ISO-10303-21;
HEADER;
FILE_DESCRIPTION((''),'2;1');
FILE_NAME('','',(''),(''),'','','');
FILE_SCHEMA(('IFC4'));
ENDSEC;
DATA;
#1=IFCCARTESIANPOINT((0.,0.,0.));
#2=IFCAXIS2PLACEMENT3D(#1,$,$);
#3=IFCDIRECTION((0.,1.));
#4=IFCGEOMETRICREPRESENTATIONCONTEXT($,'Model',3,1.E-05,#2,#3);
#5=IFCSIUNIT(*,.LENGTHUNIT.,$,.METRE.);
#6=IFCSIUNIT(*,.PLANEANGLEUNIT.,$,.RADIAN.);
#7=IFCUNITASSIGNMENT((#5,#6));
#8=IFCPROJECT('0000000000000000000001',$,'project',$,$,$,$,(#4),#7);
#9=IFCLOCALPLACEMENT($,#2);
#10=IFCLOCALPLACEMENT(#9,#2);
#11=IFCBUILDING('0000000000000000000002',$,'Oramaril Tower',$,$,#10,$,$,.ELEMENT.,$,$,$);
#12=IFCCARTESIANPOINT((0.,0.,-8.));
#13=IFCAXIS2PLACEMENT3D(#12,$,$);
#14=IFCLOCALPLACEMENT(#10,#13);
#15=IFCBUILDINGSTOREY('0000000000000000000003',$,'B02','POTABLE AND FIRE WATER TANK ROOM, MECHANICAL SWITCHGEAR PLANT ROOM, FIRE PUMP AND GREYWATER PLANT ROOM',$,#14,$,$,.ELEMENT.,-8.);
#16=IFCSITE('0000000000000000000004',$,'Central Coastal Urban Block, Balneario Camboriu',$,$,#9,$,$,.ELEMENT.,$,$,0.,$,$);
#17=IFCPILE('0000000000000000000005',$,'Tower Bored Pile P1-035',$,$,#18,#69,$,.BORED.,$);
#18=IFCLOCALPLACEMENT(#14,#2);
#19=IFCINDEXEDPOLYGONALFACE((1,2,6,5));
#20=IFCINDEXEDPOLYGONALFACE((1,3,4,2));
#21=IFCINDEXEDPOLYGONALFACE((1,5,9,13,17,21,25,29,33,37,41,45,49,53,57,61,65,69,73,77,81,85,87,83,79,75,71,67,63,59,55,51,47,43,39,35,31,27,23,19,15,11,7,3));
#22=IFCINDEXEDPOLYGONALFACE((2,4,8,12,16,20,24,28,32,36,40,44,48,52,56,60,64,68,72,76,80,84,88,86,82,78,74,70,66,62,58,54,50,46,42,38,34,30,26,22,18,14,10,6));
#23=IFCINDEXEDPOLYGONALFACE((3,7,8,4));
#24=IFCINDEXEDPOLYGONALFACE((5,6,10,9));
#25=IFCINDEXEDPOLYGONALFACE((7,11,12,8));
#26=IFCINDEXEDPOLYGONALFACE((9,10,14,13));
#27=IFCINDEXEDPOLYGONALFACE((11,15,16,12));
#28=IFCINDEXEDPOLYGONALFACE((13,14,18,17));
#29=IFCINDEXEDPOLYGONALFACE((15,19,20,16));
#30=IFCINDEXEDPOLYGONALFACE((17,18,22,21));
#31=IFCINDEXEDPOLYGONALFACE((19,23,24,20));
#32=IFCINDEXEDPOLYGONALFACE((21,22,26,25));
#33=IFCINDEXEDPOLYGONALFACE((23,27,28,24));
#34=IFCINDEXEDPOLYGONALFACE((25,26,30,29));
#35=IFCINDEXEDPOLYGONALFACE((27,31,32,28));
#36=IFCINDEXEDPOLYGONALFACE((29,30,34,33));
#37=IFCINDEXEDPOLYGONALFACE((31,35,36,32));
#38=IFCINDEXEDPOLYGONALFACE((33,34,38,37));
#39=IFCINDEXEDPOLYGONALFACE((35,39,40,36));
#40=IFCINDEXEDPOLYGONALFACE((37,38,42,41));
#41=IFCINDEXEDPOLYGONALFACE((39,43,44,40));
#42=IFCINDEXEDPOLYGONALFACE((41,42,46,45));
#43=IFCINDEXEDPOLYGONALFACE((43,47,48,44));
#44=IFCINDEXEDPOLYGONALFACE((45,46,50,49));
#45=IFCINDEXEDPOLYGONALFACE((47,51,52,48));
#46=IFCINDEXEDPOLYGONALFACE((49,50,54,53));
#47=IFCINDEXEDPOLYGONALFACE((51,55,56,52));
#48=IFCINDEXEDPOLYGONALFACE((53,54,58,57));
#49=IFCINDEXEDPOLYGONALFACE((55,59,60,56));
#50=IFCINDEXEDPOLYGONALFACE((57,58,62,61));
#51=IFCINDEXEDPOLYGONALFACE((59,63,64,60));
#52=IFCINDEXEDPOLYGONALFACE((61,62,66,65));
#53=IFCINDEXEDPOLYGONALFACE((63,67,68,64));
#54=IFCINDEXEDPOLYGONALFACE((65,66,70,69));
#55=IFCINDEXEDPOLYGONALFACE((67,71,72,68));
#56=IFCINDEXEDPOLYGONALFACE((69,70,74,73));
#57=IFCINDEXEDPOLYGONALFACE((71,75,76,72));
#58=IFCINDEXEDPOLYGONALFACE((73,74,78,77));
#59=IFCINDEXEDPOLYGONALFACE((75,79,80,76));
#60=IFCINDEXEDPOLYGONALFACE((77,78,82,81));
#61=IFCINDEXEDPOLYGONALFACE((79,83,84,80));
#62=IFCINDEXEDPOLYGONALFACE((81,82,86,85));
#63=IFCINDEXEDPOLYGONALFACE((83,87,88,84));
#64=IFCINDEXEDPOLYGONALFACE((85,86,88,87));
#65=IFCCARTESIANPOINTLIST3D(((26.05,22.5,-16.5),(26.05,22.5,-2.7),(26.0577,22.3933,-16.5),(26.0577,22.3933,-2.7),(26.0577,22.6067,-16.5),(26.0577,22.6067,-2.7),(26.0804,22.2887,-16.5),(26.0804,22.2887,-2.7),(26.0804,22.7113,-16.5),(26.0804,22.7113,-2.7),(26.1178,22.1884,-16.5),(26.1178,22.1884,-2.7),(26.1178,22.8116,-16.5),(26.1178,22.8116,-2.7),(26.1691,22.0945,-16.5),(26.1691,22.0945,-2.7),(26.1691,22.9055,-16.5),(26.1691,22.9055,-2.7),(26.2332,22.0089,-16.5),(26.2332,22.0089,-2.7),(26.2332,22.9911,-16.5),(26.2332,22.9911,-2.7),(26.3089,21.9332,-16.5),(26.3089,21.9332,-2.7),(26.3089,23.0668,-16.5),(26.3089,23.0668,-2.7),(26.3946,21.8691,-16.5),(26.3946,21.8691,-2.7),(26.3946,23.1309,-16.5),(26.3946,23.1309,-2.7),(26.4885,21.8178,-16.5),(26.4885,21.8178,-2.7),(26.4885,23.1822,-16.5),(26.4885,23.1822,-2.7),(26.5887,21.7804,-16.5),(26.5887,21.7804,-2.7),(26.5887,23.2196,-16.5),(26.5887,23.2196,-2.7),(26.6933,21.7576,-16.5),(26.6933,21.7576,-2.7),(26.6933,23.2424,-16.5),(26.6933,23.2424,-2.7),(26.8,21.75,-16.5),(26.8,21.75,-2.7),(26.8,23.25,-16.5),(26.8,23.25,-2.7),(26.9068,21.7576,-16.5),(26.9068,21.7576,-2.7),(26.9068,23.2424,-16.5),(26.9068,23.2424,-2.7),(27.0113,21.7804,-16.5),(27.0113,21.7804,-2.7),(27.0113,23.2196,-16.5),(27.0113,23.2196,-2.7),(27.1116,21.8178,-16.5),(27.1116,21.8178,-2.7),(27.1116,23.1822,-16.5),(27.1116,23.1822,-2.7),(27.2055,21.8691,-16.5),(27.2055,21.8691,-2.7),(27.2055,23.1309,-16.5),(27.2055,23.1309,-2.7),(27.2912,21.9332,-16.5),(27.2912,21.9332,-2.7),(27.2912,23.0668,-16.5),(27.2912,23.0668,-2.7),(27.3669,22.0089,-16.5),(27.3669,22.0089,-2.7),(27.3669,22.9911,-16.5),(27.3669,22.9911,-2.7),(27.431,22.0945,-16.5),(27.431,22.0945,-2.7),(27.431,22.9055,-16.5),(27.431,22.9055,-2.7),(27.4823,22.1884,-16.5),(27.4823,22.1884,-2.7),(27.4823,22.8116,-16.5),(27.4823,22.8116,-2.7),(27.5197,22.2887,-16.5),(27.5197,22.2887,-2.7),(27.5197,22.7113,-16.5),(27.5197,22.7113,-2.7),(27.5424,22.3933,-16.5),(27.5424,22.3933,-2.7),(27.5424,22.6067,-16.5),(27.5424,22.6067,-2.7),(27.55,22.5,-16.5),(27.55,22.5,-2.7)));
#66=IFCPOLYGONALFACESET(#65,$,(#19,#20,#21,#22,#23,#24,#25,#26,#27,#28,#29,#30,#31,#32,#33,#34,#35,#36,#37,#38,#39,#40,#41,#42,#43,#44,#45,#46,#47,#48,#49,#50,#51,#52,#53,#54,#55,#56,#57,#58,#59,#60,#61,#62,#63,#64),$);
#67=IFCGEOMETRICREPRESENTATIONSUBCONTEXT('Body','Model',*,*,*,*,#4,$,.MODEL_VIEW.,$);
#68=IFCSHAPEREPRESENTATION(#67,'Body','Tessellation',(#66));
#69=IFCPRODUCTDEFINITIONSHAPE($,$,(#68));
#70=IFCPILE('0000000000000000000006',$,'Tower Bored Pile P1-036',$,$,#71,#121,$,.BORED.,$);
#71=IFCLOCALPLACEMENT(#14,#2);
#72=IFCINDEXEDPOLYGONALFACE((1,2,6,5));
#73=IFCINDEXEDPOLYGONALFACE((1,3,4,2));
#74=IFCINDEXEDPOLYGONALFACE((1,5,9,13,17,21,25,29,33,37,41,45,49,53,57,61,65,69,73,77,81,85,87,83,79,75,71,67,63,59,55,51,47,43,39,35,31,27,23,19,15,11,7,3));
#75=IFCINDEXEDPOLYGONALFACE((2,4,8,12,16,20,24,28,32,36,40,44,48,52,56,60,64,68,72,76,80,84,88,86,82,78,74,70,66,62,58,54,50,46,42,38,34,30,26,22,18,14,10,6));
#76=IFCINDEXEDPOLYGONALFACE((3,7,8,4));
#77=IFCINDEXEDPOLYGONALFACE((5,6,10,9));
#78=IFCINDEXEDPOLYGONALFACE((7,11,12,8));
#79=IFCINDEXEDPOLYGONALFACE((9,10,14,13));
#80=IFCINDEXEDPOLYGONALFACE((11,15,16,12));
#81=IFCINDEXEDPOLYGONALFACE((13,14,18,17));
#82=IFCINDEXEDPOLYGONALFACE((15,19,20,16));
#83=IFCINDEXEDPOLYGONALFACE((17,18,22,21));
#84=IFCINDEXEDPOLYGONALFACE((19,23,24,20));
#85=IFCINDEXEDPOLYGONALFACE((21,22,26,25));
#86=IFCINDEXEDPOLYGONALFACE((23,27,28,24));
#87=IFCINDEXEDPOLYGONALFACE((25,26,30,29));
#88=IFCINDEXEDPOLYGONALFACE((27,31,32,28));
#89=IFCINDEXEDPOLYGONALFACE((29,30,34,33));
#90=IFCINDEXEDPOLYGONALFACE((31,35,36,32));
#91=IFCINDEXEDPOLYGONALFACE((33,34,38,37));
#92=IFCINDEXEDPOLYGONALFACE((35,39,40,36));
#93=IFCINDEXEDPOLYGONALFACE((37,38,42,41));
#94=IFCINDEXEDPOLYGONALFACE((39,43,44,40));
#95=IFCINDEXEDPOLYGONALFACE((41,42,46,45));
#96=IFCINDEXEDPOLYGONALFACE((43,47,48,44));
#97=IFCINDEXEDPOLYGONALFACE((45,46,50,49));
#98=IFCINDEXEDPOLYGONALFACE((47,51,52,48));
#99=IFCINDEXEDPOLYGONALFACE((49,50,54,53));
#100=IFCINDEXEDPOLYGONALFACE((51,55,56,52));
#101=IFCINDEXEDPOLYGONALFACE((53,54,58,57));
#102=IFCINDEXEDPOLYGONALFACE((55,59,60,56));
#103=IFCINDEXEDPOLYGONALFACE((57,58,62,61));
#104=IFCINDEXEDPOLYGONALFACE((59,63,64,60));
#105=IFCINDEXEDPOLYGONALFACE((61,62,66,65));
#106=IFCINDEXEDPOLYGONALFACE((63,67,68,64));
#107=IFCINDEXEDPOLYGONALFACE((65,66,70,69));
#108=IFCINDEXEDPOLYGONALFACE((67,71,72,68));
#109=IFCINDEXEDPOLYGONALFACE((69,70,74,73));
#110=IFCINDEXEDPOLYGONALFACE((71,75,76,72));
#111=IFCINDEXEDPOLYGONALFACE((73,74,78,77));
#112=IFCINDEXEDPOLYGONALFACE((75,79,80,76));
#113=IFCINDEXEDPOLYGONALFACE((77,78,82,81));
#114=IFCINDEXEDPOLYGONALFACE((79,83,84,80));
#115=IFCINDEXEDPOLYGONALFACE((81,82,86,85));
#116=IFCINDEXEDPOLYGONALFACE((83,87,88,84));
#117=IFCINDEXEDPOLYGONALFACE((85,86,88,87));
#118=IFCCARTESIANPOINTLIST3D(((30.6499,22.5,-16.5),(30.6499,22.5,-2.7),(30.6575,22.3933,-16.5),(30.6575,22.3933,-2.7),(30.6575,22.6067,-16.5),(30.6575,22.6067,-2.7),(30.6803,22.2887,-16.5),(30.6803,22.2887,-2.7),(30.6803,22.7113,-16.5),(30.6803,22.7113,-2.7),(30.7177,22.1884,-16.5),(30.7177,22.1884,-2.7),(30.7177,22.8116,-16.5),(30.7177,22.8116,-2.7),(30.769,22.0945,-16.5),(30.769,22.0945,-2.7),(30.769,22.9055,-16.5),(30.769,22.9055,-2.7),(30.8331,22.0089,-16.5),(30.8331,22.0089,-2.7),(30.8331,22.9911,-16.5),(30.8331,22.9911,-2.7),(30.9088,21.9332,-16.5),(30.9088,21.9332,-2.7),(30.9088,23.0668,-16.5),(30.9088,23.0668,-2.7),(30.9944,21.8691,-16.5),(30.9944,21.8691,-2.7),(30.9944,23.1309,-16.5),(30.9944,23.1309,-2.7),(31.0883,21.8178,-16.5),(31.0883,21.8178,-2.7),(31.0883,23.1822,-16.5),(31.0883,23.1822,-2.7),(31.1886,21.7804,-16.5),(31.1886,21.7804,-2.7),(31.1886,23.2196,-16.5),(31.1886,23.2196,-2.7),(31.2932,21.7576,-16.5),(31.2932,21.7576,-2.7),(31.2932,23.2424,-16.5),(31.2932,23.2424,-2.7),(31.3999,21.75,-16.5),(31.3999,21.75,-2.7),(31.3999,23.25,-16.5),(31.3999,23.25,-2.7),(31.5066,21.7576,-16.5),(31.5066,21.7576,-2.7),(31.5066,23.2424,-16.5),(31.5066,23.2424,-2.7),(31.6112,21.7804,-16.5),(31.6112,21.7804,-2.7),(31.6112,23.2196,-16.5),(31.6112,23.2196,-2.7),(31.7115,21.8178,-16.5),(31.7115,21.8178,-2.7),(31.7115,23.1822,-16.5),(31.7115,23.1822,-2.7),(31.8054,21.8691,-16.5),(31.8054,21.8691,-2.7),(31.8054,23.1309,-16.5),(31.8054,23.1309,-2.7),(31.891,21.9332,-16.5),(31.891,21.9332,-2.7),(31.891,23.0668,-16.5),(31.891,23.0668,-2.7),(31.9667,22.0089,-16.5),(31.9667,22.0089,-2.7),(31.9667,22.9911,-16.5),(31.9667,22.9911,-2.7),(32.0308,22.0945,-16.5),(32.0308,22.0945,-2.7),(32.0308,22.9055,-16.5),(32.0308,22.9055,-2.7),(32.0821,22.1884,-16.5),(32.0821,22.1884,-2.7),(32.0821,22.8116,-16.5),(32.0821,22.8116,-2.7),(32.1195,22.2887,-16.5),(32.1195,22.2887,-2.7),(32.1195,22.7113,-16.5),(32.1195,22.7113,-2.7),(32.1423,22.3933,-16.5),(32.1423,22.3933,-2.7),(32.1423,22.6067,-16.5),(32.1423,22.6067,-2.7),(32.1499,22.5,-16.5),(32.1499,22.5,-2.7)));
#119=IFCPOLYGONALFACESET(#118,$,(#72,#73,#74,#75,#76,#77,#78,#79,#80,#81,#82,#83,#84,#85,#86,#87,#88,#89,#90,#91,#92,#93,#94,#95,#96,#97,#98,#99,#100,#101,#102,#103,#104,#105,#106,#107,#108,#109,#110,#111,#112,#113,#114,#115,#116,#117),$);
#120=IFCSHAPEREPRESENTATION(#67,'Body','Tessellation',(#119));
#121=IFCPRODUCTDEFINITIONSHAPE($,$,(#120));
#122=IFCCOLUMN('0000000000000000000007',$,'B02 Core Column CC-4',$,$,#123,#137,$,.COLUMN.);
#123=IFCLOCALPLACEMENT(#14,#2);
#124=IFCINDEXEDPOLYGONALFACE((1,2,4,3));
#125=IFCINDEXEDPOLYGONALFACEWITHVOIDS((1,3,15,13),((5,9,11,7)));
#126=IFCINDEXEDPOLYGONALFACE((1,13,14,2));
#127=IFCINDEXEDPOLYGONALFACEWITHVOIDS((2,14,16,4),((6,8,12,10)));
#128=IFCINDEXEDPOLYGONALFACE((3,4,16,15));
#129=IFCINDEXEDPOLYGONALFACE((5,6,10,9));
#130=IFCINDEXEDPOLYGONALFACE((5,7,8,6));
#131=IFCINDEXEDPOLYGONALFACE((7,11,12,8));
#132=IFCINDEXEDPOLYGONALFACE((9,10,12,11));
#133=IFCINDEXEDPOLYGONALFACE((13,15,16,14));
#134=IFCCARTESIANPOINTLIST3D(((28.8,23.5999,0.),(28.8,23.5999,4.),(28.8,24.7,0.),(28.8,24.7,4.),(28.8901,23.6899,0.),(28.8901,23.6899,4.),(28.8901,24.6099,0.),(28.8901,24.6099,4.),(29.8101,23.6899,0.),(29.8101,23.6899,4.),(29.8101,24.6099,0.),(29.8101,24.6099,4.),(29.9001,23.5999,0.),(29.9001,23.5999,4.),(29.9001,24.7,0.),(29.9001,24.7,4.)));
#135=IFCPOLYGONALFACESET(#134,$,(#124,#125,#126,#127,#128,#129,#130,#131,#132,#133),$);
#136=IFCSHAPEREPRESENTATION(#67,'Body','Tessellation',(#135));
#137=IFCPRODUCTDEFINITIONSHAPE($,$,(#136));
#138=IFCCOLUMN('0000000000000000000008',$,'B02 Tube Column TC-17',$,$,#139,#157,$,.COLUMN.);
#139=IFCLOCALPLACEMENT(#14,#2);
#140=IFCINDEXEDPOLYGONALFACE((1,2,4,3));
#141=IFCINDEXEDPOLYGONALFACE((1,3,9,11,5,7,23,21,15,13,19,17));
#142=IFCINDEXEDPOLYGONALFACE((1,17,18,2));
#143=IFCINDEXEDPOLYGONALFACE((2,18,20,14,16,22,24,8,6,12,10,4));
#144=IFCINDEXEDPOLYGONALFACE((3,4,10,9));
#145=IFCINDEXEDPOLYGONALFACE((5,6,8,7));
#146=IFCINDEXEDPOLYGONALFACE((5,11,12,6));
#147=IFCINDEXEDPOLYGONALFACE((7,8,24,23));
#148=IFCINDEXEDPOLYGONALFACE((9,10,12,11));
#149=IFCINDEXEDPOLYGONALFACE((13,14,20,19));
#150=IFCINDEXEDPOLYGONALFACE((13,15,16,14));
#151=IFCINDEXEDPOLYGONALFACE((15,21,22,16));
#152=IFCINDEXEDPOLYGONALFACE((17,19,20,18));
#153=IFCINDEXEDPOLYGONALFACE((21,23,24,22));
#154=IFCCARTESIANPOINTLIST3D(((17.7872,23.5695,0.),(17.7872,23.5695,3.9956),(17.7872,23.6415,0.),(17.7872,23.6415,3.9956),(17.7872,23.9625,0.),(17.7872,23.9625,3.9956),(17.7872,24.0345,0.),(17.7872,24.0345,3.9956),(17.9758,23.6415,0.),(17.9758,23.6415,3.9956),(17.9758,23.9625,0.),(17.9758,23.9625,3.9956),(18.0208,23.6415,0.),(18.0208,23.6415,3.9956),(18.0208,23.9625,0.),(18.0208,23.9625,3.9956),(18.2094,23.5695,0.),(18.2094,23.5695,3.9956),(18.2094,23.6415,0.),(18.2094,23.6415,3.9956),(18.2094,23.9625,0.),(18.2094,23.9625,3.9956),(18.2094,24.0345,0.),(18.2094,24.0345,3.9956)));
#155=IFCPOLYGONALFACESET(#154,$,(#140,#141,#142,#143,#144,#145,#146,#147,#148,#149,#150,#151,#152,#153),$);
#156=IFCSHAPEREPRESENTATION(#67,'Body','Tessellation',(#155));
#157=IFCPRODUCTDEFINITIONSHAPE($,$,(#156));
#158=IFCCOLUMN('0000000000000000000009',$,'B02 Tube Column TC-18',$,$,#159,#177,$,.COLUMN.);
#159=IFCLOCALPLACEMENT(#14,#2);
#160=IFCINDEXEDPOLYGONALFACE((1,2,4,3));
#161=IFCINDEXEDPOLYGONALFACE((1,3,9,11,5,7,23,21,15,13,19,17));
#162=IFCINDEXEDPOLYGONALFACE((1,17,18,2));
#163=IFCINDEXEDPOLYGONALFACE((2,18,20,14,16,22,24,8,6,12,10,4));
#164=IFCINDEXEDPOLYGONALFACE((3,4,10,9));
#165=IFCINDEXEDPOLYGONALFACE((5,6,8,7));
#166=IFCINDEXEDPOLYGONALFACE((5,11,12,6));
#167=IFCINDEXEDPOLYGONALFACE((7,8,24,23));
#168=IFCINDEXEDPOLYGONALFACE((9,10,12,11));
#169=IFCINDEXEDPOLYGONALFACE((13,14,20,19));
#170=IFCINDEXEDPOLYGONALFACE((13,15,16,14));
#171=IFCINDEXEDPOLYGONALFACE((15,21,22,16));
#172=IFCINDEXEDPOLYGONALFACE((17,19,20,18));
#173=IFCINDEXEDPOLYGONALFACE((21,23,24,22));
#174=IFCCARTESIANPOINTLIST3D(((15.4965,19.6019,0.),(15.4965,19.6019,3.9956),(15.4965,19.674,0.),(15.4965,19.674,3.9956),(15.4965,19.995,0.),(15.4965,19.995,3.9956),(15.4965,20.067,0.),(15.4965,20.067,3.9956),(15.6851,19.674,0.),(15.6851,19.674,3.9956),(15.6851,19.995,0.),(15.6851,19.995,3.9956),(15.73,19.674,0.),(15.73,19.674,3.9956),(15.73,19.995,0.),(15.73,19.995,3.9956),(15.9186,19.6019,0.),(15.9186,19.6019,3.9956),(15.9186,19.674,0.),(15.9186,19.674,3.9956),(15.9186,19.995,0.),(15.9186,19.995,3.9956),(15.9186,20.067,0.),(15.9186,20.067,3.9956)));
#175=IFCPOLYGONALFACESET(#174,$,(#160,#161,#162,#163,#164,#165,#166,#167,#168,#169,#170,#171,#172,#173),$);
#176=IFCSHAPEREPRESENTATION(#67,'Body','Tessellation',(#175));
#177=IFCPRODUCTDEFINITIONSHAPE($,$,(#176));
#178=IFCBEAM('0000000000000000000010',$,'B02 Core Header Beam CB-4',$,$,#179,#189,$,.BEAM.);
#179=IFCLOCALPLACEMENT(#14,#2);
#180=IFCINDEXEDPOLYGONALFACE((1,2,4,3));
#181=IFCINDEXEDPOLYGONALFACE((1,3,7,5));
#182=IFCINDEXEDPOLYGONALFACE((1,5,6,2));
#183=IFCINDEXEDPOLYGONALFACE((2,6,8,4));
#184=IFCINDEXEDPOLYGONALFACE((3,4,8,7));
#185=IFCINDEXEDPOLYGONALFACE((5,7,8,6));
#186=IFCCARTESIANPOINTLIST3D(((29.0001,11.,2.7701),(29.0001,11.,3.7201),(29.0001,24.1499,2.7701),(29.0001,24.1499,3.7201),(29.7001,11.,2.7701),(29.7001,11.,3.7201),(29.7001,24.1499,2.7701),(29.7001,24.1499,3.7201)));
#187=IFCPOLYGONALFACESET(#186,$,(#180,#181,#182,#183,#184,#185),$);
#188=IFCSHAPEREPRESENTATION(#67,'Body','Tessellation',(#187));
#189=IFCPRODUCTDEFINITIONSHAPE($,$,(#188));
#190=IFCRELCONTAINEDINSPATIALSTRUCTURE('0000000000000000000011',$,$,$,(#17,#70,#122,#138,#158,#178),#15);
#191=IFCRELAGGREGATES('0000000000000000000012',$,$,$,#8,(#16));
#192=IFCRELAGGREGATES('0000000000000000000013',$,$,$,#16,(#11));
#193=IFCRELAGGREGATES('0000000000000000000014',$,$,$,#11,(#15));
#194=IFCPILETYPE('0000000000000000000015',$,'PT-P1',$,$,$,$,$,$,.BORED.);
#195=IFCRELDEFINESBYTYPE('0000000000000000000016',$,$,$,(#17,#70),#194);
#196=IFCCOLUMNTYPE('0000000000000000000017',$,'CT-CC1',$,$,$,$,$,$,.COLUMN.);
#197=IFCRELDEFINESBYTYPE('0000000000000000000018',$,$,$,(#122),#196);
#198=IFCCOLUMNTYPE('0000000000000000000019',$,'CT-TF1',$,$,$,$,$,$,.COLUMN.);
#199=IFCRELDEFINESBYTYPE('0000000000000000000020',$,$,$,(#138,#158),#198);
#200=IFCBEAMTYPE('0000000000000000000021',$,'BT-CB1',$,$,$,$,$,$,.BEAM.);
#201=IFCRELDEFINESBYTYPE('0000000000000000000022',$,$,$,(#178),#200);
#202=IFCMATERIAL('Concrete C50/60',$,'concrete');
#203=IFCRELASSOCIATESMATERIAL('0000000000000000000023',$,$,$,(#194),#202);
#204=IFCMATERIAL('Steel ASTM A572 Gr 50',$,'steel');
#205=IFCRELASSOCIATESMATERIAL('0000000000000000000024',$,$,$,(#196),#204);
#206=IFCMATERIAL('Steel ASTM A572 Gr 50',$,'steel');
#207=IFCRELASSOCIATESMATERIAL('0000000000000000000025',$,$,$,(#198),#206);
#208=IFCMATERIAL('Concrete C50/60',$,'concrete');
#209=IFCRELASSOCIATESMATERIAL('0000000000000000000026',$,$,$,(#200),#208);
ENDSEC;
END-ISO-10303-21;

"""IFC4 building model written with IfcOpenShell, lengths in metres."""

from ifc_helpers import new_model, si_unit, direction, frame, origin, origin_2d, place, context, subcontext, project, spatial, rectangle, hollow_rectangle, circle, i_section, extrude, material, material_profile, profile_set, type_object, element, save


model = new_model("IFC4")

# Units and contexts
model_context = context("Model", 3, precision=1e-05, world=origin(), true_north=direction((0.0, 1.0)))
body_context = subcontext(model_context, "Body", "Model", "MODEL_VIEW")
ifc_project = project(units=[si_unit("LENGTHUNIT", "METRE"), si_unit("PLANEANGLEUNIT", "RADIAN")], contexts=[model_context])

# Site, building, storey
site_placement = place(None, origin())
site = spatial("IfcSite", under=ifc_project, at=site_placement, Name="Central Coastal Urban Block, Balneario Camboriu", CompositionType="ELEMENT", RefElevation=0.0)
building_placement = place(site_placement, origin())
building = spatial("IfcBuilding", under=site, at=building_placement, Name="Oramaril Tower", CompositionType="ELEMENT")
storey_placement = place(building_placement, frame((0.0, 0.0, -8.0)))
storey = spatial("IfcBuildingStorey", under=building, at=storey_placement, Name="B02", Description="POTABLE AND FIRE WATER TANK ROOM, MECHANICAL SWITCHGEAR PLANT ROOM, FIRE PUMP AND GREYWATER PLANT ROOM", CompositionType="ELEMENT", Elevation=-8.0)

# Piles
ifc_material_1 = material(Name="Concrete C50/60", Category="concrete")
ifc_material_profile_1 = material_profile(ifc_material_1, circle(Radius=0.75, at=origin_2d()), Name="D1500")
ifc_profile_set_1 = profile_set([ifc_material_profile_1], Name="Concrete C50/60")
pile_type = type_object("IfcPileType", Name="PT-P1", PredefinedType="BORED", material=ifc_profile_set_1)
for number, where, z_axis, x_axis, name in (
    (1, (26.8, 22.5, -2.7), (0.0, 0.0, -1.0), (1.0, 0.0, 0.0), "Tower Bored Pile P1-035"),
    (2, (31.3999, 22.5, -2.7), (0.0, 0.0, -1.0), (1.0, 0.0, 0.0), "Tower Bored Pile P1-036"),
):
    element("IfcPile", number, at=place(storey_placement, frame(where, z_axis=z_axis, x_axis=x_axis)), inside=storey, type_object=pile_type, Name=name, PredefinedType="BORED", context=body_context, shape_type="SweptSolid", body=[
        extrude(circle(Radius=0.75, at=origin_2d()), origin(), (0.0, 0.0, 1.0), 13.8),
    ])

# Columns
ifc_material_2 = material(Name="Steel ASTM A572 Gr 50", Category="steel")
ifc_material_profile_2 = material_profile(ifc_material_2, hollow_rectangle(XDim=1.1001, YDim=1.1001, WallThickness=0.0901, at=origin_2d()), Name="BOX1100X1100X90")
ifc_profile_set_2 = profile_set([ifc_material_profile_2], Name="Steel ASTM A572 Gr 50")
column_type_1 = type_object("IfcColumnType", Name="CT-CC1", PredefinedType="COLUMN", material=ifc_profile_set_2)
column_placement = place(storey_placement, frame((29.3501, 24.1499, 0.0), z_axis=(0.0, 0.0, 1.0), x_axis=(1.0, 0.0, 0.0)))
element("IfcColumn", 3, at=column_placement, inside=storey, type_object=column_type_1, Name="B02 Core Column CC-4", PredefinedType="COLUMN", context=body_context, shape_type="SweptSolid", body=[
    extrude(hollow_rectangle(XDim=1.1001, YDim=1.1001, WallThickness=0.0901, at=origin_2d()), origin(), (0.0, 0.0, 1.0), 4.0),
])
ifc_material_3 = material(Name="Steel ASTM A572 Gr 50", Category="steel")
ifc_material_profile_3 = material_profile(ifc_material_3, i_section(OverallWidth=0.4221, OverallDepth=0.4651, WebThickness=0.0449, FlangeThickness=0.072, at=origin_2d()), Name="W14X398")
ifc_profile_set_3 = profile_set([ifc_material_profile_3], Name="Steel ASTM A572 Gr 50")
column_type_2 = type_object("IfcColumnType", Name="CT-TF1", PredefinedType="COLUMN", material=ifc_profile_set_3)
for number, where, z_axis, x_axis, name in (
    (4, (17.9983, 23.802, 0.0), (0.0, 0.0, 1.0), (1.0, 0.0, 0.0), "B02 Tube Column TC-17"),
    (5, (15.7075, 19.8345, 0.0), (0.0, 0.0, 1.0), (1.0, 0.0, 0.0), "B02 Tube Column TC-18"),
):
    element("IfcColumn", number, at=place(storey_placement, frame(where, z_axis=z_axis, x_axis=x_axis)), inside=storey, type_object=column_type_2, Name=name, PredefinedType="COLUMN", context=body_context, shape_type="SweptSolid", body=[
        extrude(i_section(OverallWidth=0.4221, OverallDepth=0.4651, WebThickness=0.0449, FlangeThickness=0.072, at=origin_2d()), origin(), (0.0, 0.0, 1.0), 3.9956),
    ])

# Beam
ifc_material_4 = material(Name="Concrete C50/60", Category="concrete")
ifc_material_profile_4 = material_profile(ifc_material_4, rectangle(XDim=0.7, YDim=0.95, at=origin_2d()), Name="CB700X950")
ifc_profile_set_4 = profile_set([ifc_material_profile_4], Name="Concrete C50/60")
beam_type_1 = type_object("IfcBeamType", Name="BT-CB1", PredefinedType="BEAM", material=ifc_profile_set_4)
beam_1_placement = place(storey_placement, frame((29.3501, 24.1499, 3.2451), z_axis=(0.0, -1.0, 0.0), x_axis=(1.0, 0.0, 0.0)))
element("IfcBeam", 6, at=beam_1_placement, inside=storey, type_object=beam_type_1, Name="B02 Core Header Beam CB-4", PredefinedType="BEAM", context=body_context, shape_type="SweptSolid", body=[
    extrude(rectangle(XDim=0.7, YDim=0.95, at=origin_2d()), origin(), (0.0, 0.0, 1.0), 13.1499),
])

save(model, "model.ifc")
